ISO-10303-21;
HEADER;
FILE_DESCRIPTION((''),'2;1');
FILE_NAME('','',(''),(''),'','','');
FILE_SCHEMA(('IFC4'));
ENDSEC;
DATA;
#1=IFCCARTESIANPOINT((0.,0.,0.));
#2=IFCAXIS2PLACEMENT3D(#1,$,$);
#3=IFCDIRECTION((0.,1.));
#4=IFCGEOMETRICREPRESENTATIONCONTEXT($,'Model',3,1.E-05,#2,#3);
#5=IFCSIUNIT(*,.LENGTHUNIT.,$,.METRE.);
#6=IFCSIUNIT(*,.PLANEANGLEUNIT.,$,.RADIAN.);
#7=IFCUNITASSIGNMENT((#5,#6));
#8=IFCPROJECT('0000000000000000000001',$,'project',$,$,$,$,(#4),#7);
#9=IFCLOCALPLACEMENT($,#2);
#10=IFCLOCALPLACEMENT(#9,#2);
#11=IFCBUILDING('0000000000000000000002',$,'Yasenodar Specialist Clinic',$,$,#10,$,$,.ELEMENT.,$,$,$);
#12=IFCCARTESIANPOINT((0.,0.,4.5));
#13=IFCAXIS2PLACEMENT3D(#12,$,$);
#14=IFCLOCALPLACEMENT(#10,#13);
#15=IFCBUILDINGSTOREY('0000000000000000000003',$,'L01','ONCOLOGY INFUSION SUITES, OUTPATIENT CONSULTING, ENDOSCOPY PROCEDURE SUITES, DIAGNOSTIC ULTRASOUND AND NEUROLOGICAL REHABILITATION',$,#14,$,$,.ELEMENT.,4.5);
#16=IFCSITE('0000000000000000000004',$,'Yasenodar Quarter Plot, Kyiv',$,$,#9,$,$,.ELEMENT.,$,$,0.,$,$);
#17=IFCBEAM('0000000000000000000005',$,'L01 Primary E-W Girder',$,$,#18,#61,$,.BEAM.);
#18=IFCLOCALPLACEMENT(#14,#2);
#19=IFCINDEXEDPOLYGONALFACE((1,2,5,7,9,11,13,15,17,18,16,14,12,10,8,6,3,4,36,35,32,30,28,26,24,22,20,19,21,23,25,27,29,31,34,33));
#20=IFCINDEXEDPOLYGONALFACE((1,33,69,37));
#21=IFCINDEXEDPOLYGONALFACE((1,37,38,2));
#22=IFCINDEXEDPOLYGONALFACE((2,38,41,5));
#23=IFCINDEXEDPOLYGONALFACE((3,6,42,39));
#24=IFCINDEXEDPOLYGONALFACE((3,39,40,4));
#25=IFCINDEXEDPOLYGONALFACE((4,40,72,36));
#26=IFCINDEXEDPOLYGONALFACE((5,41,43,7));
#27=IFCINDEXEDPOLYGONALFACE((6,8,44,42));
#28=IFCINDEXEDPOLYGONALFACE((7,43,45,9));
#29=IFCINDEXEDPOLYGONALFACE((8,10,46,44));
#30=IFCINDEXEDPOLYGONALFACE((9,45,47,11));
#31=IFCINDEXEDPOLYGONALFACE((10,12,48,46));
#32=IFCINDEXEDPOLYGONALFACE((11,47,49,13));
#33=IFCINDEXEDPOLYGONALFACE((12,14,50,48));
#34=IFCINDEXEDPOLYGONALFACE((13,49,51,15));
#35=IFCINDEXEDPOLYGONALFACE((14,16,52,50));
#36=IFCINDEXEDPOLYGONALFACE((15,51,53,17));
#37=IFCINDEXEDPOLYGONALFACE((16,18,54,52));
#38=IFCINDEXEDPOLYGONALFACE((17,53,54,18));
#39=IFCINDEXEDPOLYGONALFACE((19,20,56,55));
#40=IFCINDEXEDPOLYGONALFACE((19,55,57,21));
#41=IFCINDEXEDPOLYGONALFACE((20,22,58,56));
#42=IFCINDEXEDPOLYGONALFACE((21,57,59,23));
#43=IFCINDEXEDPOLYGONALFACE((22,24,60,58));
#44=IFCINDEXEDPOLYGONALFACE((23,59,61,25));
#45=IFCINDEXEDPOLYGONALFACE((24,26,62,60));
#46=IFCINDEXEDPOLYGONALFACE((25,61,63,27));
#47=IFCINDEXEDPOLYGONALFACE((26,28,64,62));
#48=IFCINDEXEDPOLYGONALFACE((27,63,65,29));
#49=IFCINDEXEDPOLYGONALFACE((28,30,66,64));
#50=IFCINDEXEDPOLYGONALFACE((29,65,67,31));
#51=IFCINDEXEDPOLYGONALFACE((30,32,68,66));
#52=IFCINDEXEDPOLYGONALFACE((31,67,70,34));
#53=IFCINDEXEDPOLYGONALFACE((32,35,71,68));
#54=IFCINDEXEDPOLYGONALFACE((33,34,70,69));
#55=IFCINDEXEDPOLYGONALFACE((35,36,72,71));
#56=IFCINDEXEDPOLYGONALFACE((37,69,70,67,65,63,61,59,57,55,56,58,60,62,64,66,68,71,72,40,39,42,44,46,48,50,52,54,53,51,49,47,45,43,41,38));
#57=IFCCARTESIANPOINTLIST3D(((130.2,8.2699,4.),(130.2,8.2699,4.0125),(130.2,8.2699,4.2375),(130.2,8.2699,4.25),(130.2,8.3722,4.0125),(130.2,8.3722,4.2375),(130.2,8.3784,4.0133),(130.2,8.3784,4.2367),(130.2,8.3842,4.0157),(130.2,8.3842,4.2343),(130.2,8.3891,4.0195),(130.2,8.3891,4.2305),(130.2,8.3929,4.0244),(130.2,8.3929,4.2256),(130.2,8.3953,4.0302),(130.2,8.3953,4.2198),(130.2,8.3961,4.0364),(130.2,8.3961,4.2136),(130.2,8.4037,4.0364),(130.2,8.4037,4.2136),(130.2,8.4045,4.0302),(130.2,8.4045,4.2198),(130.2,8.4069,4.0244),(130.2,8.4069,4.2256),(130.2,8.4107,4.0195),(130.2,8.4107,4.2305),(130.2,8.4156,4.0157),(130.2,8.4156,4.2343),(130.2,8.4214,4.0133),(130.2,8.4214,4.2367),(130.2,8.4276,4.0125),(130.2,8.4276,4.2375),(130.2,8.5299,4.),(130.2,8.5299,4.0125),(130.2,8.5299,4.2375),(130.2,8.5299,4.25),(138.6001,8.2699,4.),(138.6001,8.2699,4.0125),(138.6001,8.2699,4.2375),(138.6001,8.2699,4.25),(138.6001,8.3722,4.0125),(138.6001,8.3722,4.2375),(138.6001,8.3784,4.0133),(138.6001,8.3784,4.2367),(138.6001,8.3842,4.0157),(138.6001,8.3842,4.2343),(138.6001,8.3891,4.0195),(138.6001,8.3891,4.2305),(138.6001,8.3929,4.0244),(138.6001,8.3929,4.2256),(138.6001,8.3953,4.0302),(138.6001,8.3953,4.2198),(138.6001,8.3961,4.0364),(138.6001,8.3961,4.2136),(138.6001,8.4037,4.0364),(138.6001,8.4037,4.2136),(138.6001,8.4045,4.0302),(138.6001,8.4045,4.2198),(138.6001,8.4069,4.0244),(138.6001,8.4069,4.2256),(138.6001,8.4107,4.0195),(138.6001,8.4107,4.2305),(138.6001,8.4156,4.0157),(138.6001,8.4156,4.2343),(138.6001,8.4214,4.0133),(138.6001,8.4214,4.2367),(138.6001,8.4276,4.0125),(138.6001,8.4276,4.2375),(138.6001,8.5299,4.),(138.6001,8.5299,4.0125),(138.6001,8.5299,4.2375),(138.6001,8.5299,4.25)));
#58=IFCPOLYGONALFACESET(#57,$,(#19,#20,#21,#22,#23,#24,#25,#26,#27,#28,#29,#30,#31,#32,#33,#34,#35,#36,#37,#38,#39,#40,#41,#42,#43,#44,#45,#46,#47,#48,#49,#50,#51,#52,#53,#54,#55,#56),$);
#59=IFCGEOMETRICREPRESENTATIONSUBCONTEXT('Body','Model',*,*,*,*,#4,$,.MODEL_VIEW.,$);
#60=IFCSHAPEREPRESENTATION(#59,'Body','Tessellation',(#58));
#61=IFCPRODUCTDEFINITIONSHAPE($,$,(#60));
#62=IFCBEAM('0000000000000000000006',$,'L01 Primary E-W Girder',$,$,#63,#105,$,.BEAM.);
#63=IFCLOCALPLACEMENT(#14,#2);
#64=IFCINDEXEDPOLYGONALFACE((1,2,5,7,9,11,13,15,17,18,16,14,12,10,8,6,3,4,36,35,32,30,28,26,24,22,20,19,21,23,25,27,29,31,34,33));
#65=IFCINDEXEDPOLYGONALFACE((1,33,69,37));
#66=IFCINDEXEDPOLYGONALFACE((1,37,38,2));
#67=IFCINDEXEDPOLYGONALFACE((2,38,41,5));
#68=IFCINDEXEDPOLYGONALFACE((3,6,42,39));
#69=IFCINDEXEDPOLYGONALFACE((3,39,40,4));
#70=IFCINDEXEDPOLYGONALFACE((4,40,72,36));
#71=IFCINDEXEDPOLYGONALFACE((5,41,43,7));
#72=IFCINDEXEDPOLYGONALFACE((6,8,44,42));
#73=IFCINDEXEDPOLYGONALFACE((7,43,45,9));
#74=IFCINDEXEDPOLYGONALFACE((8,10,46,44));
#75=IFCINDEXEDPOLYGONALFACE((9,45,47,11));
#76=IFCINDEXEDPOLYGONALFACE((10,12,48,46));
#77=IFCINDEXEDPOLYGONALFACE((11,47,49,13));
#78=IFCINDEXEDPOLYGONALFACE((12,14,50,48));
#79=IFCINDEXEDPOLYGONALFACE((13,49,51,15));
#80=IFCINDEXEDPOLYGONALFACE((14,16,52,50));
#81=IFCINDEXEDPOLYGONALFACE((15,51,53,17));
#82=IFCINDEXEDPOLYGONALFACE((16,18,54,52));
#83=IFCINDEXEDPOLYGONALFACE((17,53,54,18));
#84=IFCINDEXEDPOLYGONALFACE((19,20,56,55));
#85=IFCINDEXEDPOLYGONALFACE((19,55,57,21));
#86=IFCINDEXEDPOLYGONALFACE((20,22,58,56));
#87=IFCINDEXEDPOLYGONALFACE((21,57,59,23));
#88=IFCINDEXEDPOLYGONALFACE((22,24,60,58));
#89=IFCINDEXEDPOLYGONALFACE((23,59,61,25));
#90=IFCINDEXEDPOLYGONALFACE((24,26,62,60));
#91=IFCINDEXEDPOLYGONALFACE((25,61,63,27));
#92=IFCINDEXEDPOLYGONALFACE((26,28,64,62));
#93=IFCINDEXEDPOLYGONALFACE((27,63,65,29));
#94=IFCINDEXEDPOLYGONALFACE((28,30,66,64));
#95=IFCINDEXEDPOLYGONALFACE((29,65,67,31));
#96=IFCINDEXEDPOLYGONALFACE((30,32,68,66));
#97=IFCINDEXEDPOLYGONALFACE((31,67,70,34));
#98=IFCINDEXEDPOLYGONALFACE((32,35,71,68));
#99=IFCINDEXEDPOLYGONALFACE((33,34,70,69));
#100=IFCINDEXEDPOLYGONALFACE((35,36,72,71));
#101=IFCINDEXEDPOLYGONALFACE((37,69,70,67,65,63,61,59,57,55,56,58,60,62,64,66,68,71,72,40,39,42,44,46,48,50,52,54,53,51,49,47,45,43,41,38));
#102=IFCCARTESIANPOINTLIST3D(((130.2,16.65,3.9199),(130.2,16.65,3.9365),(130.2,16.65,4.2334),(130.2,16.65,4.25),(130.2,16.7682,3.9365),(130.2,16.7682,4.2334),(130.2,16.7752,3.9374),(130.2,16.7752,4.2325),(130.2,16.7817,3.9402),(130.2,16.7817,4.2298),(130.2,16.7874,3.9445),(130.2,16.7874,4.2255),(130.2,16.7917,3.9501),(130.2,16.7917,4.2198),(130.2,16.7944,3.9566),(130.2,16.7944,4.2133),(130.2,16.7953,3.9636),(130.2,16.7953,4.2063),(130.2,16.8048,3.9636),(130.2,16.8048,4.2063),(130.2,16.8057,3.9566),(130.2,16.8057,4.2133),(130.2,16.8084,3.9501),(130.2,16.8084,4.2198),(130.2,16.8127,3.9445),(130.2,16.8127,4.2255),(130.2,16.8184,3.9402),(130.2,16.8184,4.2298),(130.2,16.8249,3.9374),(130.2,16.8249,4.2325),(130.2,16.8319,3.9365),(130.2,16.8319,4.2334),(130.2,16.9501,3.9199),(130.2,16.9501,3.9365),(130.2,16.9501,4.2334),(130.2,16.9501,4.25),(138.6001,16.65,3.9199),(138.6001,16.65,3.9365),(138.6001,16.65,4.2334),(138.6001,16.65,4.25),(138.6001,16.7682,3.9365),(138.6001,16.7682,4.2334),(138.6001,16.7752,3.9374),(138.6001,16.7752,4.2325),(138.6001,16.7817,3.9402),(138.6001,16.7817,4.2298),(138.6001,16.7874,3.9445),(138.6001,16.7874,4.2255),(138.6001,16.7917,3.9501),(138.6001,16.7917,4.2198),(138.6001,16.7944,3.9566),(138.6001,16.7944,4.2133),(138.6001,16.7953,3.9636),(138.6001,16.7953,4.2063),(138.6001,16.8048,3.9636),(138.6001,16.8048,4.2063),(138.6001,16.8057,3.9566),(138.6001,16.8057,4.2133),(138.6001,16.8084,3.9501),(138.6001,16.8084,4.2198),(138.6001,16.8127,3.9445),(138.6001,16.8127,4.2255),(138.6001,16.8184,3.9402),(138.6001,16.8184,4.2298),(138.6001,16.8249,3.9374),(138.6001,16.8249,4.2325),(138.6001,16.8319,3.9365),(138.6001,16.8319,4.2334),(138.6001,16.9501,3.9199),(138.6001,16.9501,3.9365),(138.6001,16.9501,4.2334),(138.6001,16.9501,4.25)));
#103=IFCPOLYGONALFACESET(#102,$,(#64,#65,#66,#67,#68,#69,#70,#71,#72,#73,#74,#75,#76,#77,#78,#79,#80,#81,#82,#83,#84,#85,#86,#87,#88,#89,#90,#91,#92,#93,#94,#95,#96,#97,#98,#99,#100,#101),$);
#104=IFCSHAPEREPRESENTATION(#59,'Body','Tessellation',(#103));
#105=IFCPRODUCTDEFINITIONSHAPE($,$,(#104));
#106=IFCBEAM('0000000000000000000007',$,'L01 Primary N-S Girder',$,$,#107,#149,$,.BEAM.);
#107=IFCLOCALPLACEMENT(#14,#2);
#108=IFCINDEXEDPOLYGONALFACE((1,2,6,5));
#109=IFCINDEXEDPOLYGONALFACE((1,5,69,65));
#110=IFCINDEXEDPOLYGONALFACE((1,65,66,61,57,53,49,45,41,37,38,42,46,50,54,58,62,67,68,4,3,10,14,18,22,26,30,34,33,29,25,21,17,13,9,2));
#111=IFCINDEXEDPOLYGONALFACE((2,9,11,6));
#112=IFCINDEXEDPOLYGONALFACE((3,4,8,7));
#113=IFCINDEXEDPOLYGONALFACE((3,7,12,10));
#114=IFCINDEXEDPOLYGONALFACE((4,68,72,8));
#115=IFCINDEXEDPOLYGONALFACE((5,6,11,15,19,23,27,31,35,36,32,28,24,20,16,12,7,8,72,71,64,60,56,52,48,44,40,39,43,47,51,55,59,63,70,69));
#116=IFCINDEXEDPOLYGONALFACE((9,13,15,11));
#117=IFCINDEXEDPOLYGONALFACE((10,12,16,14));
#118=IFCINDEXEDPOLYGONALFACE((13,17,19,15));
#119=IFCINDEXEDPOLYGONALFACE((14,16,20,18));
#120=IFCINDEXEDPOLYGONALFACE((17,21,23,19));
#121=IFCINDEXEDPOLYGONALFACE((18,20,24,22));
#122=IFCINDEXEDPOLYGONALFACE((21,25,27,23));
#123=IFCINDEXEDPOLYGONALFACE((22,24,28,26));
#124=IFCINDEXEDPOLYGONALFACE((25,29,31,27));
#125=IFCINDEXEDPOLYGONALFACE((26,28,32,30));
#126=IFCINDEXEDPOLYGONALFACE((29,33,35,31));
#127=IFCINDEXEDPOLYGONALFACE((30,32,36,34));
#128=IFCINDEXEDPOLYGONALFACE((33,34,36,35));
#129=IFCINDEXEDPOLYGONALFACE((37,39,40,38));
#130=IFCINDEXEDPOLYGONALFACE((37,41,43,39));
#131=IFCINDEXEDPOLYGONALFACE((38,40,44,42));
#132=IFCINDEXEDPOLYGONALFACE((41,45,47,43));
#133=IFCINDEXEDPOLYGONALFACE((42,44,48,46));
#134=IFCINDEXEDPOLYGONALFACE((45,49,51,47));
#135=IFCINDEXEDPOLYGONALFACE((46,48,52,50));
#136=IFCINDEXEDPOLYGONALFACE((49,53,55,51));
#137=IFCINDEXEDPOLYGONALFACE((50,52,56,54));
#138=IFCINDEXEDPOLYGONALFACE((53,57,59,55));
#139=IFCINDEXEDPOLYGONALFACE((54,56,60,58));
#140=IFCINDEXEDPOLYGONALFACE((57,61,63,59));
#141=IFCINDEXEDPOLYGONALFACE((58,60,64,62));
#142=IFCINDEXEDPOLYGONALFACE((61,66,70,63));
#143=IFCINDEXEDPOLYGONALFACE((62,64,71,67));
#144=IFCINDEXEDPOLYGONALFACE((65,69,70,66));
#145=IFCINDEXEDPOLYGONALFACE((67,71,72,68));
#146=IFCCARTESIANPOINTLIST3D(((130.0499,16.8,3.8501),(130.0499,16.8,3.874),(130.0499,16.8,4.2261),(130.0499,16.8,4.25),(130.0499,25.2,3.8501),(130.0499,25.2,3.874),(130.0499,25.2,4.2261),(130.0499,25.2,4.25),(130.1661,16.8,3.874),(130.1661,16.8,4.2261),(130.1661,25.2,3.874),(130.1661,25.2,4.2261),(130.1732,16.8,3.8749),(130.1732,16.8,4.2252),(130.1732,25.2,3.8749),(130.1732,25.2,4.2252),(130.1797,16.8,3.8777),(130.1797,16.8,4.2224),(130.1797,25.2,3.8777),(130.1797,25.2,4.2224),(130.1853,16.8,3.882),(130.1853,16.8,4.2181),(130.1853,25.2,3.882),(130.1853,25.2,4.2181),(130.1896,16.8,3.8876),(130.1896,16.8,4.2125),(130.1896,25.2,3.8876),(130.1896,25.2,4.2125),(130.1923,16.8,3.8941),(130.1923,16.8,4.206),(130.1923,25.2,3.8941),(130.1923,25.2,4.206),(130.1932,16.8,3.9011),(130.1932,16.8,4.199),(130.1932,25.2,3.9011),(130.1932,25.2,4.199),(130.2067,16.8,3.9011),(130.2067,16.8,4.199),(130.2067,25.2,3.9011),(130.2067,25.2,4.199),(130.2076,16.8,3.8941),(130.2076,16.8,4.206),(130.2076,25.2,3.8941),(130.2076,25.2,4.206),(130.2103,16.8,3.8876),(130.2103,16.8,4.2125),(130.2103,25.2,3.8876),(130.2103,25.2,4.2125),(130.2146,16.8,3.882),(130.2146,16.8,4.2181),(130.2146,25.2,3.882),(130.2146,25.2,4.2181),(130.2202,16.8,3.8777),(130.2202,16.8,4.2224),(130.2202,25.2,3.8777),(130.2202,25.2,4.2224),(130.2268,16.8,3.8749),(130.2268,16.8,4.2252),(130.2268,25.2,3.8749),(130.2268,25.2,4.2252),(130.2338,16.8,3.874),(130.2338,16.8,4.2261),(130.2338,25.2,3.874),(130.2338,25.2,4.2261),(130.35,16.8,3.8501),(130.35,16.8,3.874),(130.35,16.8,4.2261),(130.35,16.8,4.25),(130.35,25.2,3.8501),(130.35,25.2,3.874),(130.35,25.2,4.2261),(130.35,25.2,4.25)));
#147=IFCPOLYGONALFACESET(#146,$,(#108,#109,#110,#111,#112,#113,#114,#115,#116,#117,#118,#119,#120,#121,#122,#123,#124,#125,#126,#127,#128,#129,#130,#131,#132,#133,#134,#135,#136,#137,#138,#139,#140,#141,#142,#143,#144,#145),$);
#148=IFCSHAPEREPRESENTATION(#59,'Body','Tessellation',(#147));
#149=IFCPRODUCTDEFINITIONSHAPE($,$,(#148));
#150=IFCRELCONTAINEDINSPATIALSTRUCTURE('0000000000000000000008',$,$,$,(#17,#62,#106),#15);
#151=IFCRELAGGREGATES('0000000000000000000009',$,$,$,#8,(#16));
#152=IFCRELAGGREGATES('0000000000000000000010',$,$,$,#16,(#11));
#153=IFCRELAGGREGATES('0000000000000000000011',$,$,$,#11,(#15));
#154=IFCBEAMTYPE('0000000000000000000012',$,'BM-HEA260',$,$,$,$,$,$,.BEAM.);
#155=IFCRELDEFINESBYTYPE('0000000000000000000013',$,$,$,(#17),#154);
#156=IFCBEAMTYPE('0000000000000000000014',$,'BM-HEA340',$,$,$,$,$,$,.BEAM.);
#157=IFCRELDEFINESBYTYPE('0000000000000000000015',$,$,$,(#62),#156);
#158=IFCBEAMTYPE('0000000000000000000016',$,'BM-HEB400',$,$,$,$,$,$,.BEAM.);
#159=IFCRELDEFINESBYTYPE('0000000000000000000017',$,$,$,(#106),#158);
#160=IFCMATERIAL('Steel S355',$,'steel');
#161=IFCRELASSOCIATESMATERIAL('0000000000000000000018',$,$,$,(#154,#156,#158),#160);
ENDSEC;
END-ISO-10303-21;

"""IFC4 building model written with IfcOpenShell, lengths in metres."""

from ifc_helpers import new_model, si_unit, direction, frame, origin, origin_2d, place, context, subcontext, project, spatial, i_section, extrude, material, material_profile, profile_set, type_object, element, save


model = new_model("IFC4")

# Units and contexts
model_context = context("Model", 3, precision=1e-05, world=origin(), true_north=direction((0.0, 1.0)))
body_context = subcontext(model_context, "Body", "Model", "MODEL_VIEW")
ifc_project = project(units=[si_unit("LENGTHUNIT", "METRE"), si_unit("PLANEANGLEUNIT", "RADIAN")], contexts=[model_context])

# Site, building, storey
site_placement = place(None, origin())
site = spatial("IfcSite", under=ifc_project, at=site_placement, Name="Yasenodar Quarter Plot, Kyiv", CompositionType="ELEMENT", RefElevation=0.0)
building_placement = place(site_placement, origin())
building = spatial("IfcBuilding", under=site, at=building_placement, Name="Yasenodar Specialist Clinic", CompositionType="ELEMENT")
storey_placement = place(building_placement, frame((0.0, 0.0, 4.5)))
storey = spatial("IfcBuildingStorey", under=building, at=storey_placement, Name="L01", Description="ONCOLOGY INFUSION SUITES, OUTPATIENT CONSULTING, ENDOSCOPY PROCEDURE SUITES, DIAGNOSTIC ULTRASOUND AND NEUROLOGICAL REHABILITATION", CompositionType="ELEMENT", Elevation=4.5)

# Shared definitions
ifc_material_1 = material(Name="Steel S355", Category="steel")

# Beams
ifc_material_profile_1 = material_profile(ifc_material_1, i_section(OverallWidth=0.26, OverallDepth=0.25, WebThickness=0.0076, FlangeThickness=0.0125, FilletRadius=0.0239, at=origin_2d()), Name="HEA 260")
ifc_profile_set_1 = profile_set([ifc_material_profile_1], Name="Steel S355")
beam_type_1 = type_object("IfcBeamType", Name="BM-HEA260", PredefinedType="BEAM", material=ifc_profile_set_1)
beam_1_placement = place(storey_placement, frame((130.2, 8.3999, 4.125), z_axis=(1.0, 0.0, 0.0), x_axis=(0.0, 1.0, 0.0)))
element("IfcBeam", 1, at=beam_1_placement, inside=storey, type_object=beam_type_1, Name="L01 Primary E-W Girder", PredefinedType="BEAM", context=body_context, shape_type="SweptSolid", body=[
    extrude(i_section(OverallWidth=0.26, OverallDepth=0.25, WebThickness=0.0076, FlangeThickness=0.0125, FilletRadius=0.0239, at=origin_2d()), origin(), (0.0, 0.0, 1.0), 8.4001),
])
ifc_material_profile_2 = material_profile(ifc_material_1, i_section(OverallWidth=0.3, OverallDepth=0.3301, WebThickness=0.0095, FlangeThickness=0.0166, FilletRadius=0.0271, at=origin_2d()), Name="HEA 340")
ifc_profile_set_2 = profile_set([ifc_material_profile_2], Name="Steel S355")
beam_type_2 = type_object("IfcBeamType", Name="BM-HEA340", PredefinedType="BEAM", material=ifc_profile_set_2)
beam_2_placement = place(storey_placement, frame((130.2, 16.8, 4.085), z_axis=(1.0, 0.0, 0.0), x_axis=(0.0, 1.0, 0.0)))
element("IfcBeam", 2, at=beam_2_placement, inside=storey, type_object=beam_type_2, Name="L01 Primary E-W Girder", PredefinedType="BEAM", context=body_context, shape_type="SweptSolid", body=[
    extrude(i_section(OverallWidth=0.3, OverallDepth=0.3301, WebThickness=0.0095, FlangeThickness=0.0166, FilletRadius=0.0271, at=origin_2d()), origin(), (0.0, 0.0, 1.0), 8.4001),
])
ifc_material_profile_3 = material_profile(ifc_material_1, i_section(OverallWidth=0.3, OverallDepth=0.3999, WebThickness=0.0134, FlangeThickness=0.0239, FilletRadius=0.0271, at=origin_2d()), Name="HEB 400")
ifc_profile_set_3 = profile_set([ifc_material_profile_3], Name="Steel S355")
beam_type_3 = type_object("IfcBeamType", Name="BM-HEB400", PredefinedType="BEAM", material=ifc_profile_set_3)
beam_3_placement = place(storey_placement, frame((130.2, 16.8, 4.05), z_axis=(0.0, 1.0, 0.0), x_axis=(-1.0, 0.0, 0.0)))
element("IfcBeam", 3, at=beam_3_placement, inside=storey, type_object=beam_type_3, Name="L01 Primary N-S Girder", PredefinedType="BEAM", context=body_context, shape_type="SweptSolid", body=[
    extrude(i_section(OverallWidth=0.3, OverallDepth=0.3999, WebThickness=0.0134, FlangeThickness=0.0239, FilletRadius=0.0271, at=origin_2d()), origin(), (0.0, 0.0, 1.0), 8.3999),
])

save(model, "model.ifc")
